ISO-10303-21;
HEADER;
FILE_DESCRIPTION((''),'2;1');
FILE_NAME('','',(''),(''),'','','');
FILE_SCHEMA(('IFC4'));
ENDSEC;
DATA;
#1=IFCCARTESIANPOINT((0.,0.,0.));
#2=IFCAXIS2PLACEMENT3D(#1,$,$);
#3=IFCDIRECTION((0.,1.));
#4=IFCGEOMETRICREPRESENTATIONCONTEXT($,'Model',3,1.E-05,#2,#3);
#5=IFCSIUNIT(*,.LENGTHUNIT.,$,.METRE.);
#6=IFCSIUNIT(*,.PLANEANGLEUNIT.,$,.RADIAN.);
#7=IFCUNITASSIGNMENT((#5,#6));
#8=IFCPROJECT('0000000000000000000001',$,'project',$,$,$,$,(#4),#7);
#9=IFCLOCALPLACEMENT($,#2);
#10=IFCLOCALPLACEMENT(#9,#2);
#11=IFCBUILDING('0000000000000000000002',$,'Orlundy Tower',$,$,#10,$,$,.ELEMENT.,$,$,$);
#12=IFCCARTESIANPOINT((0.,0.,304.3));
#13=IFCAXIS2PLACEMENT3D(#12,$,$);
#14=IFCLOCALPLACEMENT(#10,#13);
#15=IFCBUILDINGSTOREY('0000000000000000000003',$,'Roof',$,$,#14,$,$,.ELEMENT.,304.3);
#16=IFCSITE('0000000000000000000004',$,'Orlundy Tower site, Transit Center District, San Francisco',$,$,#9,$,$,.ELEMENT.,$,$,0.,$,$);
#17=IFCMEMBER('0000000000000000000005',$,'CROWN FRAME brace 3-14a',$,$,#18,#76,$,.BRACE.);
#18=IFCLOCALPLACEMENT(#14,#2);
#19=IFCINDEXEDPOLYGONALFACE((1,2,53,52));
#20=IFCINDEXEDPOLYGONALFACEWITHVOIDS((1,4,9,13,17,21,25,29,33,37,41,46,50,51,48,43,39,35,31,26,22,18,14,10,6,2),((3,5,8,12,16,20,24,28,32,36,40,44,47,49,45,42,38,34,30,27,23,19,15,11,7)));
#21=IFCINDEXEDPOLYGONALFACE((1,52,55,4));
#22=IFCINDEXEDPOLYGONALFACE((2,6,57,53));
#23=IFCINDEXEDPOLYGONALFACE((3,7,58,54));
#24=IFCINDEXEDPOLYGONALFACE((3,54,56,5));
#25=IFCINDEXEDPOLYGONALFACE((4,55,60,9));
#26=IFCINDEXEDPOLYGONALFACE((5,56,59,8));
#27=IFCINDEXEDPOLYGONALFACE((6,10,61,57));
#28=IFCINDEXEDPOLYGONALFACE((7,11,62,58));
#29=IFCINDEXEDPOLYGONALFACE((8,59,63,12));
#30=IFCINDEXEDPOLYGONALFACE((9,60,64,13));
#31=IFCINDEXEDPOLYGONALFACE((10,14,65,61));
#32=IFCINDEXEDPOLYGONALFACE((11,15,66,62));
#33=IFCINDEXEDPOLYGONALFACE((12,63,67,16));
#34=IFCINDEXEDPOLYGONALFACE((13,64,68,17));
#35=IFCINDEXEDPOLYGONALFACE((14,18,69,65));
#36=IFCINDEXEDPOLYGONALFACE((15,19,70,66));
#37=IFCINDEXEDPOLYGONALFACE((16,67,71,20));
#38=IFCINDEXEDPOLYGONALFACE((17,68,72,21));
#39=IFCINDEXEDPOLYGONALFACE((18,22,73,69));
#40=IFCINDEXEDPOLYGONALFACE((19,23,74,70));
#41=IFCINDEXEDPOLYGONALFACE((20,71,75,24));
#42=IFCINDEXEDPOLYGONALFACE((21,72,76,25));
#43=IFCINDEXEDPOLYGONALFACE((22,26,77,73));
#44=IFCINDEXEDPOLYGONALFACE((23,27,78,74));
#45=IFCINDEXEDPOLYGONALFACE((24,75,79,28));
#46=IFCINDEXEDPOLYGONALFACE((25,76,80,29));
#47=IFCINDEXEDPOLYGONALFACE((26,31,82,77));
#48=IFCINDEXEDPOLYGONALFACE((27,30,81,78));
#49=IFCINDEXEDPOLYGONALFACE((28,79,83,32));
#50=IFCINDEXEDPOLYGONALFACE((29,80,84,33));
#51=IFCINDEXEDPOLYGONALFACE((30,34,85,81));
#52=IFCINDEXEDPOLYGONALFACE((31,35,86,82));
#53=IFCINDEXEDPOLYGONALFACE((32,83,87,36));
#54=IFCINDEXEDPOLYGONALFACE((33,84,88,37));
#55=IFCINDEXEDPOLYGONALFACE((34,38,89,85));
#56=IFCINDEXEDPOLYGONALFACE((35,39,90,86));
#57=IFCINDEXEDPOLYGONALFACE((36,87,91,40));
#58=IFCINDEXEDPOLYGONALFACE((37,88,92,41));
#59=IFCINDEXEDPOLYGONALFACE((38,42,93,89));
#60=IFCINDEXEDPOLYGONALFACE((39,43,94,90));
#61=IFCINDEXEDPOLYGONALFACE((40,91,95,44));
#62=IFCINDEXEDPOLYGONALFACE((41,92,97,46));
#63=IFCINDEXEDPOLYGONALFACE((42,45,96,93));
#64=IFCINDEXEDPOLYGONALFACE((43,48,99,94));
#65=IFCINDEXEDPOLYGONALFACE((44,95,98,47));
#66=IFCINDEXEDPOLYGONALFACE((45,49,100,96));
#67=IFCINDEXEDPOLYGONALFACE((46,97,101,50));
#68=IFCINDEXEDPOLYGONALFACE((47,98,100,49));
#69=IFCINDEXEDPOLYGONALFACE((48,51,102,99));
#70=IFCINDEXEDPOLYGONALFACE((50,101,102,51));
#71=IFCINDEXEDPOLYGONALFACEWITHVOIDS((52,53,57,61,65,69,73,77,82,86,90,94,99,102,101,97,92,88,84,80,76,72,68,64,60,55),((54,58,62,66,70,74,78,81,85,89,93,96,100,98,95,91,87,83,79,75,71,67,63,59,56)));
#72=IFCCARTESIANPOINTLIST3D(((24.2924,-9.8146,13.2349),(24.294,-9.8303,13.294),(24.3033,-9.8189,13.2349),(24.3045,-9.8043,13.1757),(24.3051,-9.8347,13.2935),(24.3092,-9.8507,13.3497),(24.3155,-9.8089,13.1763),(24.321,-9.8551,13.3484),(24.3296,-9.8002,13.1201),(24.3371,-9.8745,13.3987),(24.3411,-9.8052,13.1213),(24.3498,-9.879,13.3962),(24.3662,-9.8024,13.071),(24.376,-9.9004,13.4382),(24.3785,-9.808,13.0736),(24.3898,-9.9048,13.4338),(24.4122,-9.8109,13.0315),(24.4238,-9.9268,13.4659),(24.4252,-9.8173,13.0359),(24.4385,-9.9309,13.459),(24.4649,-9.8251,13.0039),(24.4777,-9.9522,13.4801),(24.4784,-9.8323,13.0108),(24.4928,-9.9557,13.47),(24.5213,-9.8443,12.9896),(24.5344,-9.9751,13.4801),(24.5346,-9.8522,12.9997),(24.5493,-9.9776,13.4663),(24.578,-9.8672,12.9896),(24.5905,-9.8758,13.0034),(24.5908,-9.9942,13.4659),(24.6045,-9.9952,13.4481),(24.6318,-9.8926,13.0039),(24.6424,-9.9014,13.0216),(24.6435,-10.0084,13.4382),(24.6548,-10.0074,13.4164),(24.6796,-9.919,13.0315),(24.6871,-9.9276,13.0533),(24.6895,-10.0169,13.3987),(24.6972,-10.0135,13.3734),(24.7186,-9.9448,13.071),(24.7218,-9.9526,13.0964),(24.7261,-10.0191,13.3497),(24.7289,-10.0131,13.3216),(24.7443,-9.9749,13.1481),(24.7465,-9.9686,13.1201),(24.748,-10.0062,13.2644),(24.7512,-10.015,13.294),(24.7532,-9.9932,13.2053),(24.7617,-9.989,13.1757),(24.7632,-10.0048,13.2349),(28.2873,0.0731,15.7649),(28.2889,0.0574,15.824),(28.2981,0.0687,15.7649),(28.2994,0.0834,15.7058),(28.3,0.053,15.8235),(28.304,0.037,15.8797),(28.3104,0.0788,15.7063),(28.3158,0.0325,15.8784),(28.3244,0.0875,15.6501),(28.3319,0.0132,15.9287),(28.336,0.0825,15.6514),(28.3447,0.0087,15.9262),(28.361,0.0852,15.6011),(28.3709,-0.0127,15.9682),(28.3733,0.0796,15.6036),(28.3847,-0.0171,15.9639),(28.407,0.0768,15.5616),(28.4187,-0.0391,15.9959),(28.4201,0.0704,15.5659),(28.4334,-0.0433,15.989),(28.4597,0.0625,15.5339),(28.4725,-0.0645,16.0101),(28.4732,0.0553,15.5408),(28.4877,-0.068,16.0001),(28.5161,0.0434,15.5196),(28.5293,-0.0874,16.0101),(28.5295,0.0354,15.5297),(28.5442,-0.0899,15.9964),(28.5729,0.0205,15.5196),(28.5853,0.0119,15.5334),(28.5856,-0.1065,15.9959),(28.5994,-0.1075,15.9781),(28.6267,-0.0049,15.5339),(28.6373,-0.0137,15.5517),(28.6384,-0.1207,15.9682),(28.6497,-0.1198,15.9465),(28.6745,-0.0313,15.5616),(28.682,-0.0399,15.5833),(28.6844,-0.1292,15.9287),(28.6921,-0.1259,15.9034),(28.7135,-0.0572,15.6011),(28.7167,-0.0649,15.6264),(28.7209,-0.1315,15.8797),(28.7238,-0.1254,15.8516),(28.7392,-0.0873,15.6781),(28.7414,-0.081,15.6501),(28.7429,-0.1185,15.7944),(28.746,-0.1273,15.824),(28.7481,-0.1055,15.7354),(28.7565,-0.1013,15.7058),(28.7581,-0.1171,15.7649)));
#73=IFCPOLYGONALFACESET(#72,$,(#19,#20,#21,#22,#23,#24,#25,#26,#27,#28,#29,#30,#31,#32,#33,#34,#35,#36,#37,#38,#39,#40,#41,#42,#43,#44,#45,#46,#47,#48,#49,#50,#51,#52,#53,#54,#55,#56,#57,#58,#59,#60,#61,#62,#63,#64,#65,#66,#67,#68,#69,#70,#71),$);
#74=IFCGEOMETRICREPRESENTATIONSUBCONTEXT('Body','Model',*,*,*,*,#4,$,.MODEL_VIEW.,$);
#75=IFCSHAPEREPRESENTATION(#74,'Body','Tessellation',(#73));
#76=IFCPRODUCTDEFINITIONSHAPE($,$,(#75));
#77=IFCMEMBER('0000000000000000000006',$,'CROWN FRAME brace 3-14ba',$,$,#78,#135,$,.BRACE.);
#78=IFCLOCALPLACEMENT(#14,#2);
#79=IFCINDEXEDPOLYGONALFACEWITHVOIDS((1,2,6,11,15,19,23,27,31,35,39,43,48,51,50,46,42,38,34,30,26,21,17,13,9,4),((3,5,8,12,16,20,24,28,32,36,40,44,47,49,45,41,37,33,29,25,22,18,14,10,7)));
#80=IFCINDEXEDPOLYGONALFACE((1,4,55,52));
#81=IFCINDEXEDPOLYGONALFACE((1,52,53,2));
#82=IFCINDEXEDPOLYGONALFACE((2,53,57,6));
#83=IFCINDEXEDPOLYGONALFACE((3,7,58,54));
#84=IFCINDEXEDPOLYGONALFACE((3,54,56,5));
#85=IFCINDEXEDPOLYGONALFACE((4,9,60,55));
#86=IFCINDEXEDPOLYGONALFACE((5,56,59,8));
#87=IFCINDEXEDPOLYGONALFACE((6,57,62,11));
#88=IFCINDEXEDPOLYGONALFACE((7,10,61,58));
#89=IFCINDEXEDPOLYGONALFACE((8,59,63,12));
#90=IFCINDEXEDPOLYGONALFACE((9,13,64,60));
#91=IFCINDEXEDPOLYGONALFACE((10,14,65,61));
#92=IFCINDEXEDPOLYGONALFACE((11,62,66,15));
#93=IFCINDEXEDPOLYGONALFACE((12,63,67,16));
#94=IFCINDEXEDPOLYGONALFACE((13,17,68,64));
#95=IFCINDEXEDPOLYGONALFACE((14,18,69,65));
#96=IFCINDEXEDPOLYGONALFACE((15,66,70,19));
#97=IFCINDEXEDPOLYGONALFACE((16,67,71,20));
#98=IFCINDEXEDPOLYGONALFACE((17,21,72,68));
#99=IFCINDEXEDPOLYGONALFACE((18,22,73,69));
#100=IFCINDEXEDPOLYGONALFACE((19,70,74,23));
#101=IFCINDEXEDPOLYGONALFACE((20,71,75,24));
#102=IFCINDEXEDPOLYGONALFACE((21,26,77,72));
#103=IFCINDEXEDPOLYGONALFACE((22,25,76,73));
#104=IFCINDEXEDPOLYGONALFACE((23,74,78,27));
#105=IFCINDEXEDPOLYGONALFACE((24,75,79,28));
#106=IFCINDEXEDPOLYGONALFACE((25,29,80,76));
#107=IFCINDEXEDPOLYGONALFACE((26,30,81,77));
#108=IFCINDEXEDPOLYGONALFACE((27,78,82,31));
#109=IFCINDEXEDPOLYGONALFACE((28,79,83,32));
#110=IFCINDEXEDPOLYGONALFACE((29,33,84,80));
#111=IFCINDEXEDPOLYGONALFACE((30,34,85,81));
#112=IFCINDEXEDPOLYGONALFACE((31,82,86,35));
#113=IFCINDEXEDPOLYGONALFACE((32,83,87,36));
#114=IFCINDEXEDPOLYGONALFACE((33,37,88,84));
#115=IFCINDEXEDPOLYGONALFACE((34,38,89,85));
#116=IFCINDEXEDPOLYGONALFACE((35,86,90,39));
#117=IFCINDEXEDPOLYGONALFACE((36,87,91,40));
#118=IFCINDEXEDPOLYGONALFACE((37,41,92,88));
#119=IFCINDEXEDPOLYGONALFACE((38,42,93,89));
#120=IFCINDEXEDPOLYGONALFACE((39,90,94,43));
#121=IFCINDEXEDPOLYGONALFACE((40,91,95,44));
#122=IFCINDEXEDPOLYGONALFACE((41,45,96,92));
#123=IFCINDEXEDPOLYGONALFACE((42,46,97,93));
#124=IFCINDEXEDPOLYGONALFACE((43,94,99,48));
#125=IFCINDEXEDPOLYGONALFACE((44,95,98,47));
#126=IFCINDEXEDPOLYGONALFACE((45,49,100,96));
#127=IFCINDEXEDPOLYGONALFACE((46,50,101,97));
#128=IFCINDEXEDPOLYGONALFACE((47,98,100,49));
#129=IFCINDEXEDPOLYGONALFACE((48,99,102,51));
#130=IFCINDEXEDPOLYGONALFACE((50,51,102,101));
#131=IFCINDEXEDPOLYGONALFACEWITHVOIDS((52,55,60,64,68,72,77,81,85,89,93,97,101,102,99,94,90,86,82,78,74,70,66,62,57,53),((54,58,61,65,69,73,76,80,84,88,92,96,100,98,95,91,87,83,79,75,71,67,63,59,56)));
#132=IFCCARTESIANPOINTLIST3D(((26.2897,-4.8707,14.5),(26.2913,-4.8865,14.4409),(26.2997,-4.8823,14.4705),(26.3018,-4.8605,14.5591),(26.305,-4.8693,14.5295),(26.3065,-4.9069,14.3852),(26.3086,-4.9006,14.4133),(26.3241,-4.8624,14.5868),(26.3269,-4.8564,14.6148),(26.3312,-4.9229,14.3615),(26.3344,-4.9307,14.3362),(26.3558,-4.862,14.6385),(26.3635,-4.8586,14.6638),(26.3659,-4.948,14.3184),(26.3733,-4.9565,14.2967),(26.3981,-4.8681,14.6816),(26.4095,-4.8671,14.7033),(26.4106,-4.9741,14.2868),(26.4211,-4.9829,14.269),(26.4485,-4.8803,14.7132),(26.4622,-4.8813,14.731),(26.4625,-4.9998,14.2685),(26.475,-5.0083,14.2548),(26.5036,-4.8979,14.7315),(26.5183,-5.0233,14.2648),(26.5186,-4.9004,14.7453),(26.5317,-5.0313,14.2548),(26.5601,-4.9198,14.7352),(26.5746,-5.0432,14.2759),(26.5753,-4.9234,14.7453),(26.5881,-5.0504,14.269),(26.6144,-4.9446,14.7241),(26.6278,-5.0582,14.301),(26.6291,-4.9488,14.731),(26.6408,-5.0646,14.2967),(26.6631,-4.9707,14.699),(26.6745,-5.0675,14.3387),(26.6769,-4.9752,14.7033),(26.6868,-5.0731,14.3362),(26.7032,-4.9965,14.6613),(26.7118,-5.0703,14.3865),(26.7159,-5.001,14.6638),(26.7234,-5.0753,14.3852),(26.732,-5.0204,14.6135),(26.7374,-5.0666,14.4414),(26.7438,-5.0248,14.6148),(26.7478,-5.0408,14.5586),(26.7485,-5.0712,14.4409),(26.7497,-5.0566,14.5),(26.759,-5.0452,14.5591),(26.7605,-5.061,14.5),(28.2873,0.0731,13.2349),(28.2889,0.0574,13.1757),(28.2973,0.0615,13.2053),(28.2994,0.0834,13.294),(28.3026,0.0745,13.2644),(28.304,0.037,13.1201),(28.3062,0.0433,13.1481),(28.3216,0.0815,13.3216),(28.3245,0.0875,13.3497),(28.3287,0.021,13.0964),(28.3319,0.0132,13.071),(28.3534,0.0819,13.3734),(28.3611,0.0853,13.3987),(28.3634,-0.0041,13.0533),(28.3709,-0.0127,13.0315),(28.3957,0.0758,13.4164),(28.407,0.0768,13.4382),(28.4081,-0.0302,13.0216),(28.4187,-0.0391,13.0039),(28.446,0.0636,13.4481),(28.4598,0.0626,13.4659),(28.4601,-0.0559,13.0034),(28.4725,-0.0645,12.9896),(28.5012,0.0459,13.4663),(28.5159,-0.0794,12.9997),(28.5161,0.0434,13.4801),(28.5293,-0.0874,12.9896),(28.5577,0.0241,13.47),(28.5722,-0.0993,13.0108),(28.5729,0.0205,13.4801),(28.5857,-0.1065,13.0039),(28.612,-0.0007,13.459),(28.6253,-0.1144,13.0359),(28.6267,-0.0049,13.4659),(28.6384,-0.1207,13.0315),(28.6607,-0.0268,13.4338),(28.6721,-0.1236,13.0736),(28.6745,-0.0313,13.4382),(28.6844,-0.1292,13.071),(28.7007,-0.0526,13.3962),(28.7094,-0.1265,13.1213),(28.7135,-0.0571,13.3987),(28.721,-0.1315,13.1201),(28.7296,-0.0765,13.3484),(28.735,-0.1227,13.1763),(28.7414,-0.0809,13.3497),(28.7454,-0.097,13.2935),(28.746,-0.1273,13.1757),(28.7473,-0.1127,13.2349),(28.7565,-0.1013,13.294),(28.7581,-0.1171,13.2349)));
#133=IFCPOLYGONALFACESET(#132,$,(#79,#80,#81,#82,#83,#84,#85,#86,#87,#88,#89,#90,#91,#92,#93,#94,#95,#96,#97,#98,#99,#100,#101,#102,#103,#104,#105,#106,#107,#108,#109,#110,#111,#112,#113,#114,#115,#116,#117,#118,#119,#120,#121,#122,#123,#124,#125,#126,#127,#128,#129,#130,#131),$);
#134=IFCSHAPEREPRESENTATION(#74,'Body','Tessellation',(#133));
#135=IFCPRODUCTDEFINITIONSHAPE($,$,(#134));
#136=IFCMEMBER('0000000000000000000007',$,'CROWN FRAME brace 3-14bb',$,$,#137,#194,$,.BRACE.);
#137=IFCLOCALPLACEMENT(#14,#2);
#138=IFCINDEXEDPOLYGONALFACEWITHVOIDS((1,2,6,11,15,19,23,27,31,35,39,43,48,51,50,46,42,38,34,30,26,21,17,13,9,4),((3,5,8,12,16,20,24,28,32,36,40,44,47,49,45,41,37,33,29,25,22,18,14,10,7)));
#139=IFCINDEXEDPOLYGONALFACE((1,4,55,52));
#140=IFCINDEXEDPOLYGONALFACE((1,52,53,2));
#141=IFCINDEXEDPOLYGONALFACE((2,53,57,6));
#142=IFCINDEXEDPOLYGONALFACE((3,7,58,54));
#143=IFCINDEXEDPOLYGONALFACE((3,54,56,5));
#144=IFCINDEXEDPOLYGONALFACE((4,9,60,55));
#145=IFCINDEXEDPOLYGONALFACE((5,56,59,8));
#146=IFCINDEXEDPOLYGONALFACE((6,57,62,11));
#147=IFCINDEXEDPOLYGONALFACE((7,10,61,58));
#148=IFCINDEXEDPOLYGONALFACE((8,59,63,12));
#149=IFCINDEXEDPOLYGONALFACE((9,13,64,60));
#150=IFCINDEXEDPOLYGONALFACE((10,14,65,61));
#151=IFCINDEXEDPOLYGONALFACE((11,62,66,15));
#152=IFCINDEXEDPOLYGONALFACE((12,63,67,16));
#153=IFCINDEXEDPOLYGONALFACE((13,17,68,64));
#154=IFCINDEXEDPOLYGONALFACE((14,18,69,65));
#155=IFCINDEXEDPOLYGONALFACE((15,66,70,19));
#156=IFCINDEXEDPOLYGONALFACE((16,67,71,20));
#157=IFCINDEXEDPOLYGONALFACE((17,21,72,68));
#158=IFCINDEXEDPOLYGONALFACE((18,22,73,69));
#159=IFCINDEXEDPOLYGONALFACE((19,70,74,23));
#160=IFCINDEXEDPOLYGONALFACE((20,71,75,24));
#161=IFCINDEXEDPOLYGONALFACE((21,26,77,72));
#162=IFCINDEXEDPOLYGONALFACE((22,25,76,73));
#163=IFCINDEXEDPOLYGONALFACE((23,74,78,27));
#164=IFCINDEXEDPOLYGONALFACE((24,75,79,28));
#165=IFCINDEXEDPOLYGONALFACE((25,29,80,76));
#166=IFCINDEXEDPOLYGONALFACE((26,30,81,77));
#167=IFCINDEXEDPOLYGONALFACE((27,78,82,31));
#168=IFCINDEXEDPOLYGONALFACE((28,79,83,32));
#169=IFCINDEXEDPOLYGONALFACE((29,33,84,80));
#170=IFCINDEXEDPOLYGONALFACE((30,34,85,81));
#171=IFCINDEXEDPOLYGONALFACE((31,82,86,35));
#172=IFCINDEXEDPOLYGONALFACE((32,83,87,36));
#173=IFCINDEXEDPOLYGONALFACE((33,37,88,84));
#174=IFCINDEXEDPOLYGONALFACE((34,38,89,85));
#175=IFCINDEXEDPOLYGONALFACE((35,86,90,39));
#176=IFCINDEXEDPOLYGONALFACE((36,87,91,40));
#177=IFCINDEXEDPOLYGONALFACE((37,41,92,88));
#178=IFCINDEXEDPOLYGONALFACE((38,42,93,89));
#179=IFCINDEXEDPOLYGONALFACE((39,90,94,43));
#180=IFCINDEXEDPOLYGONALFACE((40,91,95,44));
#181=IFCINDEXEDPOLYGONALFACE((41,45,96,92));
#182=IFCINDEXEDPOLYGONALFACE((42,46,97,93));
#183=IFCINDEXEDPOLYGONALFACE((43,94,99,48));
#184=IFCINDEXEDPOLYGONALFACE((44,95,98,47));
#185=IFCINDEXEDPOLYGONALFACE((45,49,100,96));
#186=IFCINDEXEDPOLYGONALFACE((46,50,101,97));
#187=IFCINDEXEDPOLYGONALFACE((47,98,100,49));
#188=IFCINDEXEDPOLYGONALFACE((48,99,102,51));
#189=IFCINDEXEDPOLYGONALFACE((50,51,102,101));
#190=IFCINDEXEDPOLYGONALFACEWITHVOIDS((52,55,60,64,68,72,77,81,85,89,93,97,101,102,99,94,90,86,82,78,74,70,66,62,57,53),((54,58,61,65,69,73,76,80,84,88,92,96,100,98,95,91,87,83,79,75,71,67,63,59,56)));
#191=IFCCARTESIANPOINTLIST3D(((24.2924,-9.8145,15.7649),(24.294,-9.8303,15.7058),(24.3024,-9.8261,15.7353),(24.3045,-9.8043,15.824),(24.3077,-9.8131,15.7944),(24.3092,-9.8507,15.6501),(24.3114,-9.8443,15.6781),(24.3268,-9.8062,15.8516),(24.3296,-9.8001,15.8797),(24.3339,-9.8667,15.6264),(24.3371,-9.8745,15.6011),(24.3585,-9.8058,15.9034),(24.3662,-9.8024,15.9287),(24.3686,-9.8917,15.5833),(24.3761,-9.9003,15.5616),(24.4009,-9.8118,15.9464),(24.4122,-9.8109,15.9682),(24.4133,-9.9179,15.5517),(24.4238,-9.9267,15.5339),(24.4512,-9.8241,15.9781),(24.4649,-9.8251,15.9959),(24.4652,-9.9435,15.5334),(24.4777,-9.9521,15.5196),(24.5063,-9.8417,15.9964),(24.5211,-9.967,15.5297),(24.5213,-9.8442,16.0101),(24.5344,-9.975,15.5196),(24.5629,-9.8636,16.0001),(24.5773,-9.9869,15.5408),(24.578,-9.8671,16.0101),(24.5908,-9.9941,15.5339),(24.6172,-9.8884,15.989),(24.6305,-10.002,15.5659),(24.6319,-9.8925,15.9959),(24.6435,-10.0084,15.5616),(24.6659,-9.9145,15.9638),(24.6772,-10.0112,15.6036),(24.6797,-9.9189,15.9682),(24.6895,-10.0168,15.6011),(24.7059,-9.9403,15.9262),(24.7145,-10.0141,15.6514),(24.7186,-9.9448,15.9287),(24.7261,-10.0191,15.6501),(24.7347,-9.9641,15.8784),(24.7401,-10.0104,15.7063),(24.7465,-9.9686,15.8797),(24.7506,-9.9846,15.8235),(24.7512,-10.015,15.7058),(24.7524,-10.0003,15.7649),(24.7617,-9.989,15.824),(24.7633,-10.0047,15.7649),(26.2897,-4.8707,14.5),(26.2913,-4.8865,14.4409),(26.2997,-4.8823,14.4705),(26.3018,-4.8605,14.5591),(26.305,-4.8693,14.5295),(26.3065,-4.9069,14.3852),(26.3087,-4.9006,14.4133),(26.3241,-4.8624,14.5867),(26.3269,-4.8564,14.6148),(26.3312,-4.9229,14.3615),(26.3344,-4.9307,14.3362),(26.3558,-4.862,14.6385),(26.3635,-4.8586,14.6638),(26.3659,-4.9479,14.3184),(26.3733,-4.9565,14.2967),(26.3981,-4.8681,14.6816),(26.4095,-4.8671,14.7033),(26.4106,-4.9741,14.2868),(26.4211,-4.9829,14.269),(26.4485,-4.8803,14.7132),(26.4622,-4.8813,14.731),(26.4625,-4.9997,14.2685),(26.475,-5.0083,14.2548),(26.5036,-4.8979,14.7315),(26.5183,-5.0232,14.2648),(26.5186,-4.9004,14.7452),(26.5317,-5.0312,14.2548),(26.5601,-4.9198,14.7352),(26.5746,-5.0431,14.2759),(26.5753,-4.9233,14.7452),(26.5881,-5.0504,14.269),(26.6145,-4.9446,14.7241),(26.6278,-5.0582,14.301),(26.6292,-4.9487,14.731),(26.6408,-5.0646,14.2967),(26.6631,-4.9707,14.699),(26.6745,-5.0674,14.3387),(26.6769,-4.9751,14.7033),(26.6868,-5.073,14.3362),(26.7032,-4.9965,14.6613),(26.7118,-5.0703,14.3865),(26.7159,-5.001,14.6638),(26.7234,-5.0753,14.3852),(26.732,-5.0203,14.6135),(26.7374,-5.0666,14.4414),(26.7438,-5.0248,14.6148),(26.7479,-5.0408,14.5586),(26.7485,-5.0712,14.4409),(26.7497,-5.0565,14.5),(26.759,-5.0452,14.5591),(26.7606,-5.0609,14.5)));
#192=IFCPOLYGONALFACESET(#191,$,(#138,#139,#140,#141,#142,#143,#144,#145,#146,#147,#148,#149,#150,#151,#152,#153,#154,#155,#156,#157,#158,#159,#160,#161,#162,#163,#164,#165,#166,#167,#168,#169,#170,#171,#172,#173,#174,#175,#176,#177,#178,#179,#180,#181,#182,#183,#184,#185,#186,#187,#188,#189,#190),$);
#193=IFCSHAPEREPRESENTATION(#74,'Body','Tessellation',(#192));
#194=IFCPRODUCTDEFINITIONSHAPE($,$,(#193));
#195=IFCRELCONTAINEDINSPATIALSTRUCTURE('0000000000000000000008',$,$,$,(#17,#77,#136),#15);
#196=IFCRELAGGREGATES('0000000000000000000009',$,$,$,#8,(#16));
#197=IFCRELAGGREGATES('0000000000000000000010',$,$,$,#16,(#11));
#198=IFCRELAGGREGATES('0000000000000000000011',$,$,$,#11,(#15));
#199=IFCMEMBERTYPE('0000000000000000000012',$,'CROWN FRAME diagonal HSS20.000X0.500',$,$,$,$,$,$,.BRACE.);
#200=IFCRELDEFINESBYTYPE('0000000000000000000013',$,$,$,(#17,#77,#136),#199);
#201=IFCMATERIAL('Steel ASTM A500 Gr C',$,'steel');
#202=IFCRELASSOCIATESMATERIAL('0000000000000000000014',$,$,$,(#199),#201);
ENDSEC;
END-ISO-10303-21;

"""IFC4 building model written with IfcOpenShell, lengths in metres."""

from ifc_helpers import new_model, si_unit, direction, frame, origin, origin_2d, place, context, subcontext, project, spatial, hollow_circle, extrude, material, material_profile, profile_set, type_object, element, save


model = new_model("IFC4")

# Units and contexts
model_context = context("Model", 3, precision=1e-05, world=origin(), true_north=direction((0.0, 1.0)))
body_context = subcontext(model_context, "Body", "Model", "MODEL_VIEW")
ifc_project = project(units=[si_unit("LENGTHUNIT", "METRE"), si_unit("PLANEANGLEUNIT", "RADIAN")], contexts=[model_context])

# Site, building, storey
site_placement = place(None, origin())
site = spatial("IfcSite", under=ifc_project, at=site_placement, Name="Orlundy Tower site, Transit Center District, San Francisco", CompositionType="ELEMENT", RefElevation=0.0)
building_placement = place(site_placement, origin())
building = spatial("IfcBuilding", under=site, at=building_placement, Name="Orlundy Tower", CompositionType="ELEMENT")
storey_placement = place(building_placement, frame((0.0, 0.0, 304.3)))
storey = spatial("IfcBuildingStorey", under=building, at=storey_placement, Name="Roof", CompositionType="ELEMENT", Elevation=304.3)

# Members
ifc_material_1 = material(Name="Steel ASTM A500 Gr C", Category="steel")
ifc_material_profile_1 = material_profile(ifc_material_1, hollow_circle(Radius=0.2539, WallThickness=0.0117, at=origin_2d()), Name="HSS20.000X0.500")
ifc_profile_set_1 = profile_set([ifc_material_profile_1], Name="Steel ASTM A500 Gr C")
member_type_1 = type_object("IfcMemberType", Name="CROWN FRAME diagonal HSS20.000X0.500", PredefinedType="BRACE", material=ifc_profile_set_1)
member_1_placement = place(storey_placement, frame((24.5278, -9.9097, 13.2349), z_axis=(0.364488, 0.902143, 0.230837), x_axis=(-0.927184, 0.374605, 0.0)))
element("IfcMember", 1, at=member_1_placement, inside=storey, type_object=member_type_1, Name="CROWN FRAME brace 3-14a", PredefinedType="BRACE", context=body_context, shape_type="SweptSolid", body=[
    extrude(hollow_circle(Radius=0.2539, WallThickness=0.0117, at=origin_2d()), origin(), (0.0, 0.0, 1.0), 10.9602),
])
member_2_placement = place(storey_placement, frame((28.5227, -0.022, 13.2349), z_axis=(-0.364506, -0.902131, 0.230857), x_axis=(0.927176, -0.374625, 0.0)))
element("IfcMember", 2, at=member_2_placement, inside=storey, type_object=member_type_1, Name="CROWN FRAME brace 3-14ba", PredefinedType="BRACE", context=body_context, shape_type="SweptSolid", body=[
    extrude(hollow_circle(Radius=0.2539, WallThickness=0.0117, at=origin_2d()), origin(), (0.0, 0.0, 1.0), 5.4802),
])
member_3_placement = place(storey_placement, frame((26.5251, -4.9658, 14.5), z_axis=(-0.364471, -0.902155, 0.230818), x_axis=(0.927192, -0.374586, 0.0)))
element("IfcMember", 3, at=member_3_placement, inside=storey, type_object=member_type_1, Name="CROWN FRAME brace 3-14bb", PredefinedType="BRACE", context=body_context, shape_type="SweptSolid", body=[
    extrude(hollow_circle(Radius=0.2539, WallThickness=0.0117, at=origin_2d()), origin(), (0.0, 0.0, 1.0), 5.48),
])

save(model, "model.ifc")
